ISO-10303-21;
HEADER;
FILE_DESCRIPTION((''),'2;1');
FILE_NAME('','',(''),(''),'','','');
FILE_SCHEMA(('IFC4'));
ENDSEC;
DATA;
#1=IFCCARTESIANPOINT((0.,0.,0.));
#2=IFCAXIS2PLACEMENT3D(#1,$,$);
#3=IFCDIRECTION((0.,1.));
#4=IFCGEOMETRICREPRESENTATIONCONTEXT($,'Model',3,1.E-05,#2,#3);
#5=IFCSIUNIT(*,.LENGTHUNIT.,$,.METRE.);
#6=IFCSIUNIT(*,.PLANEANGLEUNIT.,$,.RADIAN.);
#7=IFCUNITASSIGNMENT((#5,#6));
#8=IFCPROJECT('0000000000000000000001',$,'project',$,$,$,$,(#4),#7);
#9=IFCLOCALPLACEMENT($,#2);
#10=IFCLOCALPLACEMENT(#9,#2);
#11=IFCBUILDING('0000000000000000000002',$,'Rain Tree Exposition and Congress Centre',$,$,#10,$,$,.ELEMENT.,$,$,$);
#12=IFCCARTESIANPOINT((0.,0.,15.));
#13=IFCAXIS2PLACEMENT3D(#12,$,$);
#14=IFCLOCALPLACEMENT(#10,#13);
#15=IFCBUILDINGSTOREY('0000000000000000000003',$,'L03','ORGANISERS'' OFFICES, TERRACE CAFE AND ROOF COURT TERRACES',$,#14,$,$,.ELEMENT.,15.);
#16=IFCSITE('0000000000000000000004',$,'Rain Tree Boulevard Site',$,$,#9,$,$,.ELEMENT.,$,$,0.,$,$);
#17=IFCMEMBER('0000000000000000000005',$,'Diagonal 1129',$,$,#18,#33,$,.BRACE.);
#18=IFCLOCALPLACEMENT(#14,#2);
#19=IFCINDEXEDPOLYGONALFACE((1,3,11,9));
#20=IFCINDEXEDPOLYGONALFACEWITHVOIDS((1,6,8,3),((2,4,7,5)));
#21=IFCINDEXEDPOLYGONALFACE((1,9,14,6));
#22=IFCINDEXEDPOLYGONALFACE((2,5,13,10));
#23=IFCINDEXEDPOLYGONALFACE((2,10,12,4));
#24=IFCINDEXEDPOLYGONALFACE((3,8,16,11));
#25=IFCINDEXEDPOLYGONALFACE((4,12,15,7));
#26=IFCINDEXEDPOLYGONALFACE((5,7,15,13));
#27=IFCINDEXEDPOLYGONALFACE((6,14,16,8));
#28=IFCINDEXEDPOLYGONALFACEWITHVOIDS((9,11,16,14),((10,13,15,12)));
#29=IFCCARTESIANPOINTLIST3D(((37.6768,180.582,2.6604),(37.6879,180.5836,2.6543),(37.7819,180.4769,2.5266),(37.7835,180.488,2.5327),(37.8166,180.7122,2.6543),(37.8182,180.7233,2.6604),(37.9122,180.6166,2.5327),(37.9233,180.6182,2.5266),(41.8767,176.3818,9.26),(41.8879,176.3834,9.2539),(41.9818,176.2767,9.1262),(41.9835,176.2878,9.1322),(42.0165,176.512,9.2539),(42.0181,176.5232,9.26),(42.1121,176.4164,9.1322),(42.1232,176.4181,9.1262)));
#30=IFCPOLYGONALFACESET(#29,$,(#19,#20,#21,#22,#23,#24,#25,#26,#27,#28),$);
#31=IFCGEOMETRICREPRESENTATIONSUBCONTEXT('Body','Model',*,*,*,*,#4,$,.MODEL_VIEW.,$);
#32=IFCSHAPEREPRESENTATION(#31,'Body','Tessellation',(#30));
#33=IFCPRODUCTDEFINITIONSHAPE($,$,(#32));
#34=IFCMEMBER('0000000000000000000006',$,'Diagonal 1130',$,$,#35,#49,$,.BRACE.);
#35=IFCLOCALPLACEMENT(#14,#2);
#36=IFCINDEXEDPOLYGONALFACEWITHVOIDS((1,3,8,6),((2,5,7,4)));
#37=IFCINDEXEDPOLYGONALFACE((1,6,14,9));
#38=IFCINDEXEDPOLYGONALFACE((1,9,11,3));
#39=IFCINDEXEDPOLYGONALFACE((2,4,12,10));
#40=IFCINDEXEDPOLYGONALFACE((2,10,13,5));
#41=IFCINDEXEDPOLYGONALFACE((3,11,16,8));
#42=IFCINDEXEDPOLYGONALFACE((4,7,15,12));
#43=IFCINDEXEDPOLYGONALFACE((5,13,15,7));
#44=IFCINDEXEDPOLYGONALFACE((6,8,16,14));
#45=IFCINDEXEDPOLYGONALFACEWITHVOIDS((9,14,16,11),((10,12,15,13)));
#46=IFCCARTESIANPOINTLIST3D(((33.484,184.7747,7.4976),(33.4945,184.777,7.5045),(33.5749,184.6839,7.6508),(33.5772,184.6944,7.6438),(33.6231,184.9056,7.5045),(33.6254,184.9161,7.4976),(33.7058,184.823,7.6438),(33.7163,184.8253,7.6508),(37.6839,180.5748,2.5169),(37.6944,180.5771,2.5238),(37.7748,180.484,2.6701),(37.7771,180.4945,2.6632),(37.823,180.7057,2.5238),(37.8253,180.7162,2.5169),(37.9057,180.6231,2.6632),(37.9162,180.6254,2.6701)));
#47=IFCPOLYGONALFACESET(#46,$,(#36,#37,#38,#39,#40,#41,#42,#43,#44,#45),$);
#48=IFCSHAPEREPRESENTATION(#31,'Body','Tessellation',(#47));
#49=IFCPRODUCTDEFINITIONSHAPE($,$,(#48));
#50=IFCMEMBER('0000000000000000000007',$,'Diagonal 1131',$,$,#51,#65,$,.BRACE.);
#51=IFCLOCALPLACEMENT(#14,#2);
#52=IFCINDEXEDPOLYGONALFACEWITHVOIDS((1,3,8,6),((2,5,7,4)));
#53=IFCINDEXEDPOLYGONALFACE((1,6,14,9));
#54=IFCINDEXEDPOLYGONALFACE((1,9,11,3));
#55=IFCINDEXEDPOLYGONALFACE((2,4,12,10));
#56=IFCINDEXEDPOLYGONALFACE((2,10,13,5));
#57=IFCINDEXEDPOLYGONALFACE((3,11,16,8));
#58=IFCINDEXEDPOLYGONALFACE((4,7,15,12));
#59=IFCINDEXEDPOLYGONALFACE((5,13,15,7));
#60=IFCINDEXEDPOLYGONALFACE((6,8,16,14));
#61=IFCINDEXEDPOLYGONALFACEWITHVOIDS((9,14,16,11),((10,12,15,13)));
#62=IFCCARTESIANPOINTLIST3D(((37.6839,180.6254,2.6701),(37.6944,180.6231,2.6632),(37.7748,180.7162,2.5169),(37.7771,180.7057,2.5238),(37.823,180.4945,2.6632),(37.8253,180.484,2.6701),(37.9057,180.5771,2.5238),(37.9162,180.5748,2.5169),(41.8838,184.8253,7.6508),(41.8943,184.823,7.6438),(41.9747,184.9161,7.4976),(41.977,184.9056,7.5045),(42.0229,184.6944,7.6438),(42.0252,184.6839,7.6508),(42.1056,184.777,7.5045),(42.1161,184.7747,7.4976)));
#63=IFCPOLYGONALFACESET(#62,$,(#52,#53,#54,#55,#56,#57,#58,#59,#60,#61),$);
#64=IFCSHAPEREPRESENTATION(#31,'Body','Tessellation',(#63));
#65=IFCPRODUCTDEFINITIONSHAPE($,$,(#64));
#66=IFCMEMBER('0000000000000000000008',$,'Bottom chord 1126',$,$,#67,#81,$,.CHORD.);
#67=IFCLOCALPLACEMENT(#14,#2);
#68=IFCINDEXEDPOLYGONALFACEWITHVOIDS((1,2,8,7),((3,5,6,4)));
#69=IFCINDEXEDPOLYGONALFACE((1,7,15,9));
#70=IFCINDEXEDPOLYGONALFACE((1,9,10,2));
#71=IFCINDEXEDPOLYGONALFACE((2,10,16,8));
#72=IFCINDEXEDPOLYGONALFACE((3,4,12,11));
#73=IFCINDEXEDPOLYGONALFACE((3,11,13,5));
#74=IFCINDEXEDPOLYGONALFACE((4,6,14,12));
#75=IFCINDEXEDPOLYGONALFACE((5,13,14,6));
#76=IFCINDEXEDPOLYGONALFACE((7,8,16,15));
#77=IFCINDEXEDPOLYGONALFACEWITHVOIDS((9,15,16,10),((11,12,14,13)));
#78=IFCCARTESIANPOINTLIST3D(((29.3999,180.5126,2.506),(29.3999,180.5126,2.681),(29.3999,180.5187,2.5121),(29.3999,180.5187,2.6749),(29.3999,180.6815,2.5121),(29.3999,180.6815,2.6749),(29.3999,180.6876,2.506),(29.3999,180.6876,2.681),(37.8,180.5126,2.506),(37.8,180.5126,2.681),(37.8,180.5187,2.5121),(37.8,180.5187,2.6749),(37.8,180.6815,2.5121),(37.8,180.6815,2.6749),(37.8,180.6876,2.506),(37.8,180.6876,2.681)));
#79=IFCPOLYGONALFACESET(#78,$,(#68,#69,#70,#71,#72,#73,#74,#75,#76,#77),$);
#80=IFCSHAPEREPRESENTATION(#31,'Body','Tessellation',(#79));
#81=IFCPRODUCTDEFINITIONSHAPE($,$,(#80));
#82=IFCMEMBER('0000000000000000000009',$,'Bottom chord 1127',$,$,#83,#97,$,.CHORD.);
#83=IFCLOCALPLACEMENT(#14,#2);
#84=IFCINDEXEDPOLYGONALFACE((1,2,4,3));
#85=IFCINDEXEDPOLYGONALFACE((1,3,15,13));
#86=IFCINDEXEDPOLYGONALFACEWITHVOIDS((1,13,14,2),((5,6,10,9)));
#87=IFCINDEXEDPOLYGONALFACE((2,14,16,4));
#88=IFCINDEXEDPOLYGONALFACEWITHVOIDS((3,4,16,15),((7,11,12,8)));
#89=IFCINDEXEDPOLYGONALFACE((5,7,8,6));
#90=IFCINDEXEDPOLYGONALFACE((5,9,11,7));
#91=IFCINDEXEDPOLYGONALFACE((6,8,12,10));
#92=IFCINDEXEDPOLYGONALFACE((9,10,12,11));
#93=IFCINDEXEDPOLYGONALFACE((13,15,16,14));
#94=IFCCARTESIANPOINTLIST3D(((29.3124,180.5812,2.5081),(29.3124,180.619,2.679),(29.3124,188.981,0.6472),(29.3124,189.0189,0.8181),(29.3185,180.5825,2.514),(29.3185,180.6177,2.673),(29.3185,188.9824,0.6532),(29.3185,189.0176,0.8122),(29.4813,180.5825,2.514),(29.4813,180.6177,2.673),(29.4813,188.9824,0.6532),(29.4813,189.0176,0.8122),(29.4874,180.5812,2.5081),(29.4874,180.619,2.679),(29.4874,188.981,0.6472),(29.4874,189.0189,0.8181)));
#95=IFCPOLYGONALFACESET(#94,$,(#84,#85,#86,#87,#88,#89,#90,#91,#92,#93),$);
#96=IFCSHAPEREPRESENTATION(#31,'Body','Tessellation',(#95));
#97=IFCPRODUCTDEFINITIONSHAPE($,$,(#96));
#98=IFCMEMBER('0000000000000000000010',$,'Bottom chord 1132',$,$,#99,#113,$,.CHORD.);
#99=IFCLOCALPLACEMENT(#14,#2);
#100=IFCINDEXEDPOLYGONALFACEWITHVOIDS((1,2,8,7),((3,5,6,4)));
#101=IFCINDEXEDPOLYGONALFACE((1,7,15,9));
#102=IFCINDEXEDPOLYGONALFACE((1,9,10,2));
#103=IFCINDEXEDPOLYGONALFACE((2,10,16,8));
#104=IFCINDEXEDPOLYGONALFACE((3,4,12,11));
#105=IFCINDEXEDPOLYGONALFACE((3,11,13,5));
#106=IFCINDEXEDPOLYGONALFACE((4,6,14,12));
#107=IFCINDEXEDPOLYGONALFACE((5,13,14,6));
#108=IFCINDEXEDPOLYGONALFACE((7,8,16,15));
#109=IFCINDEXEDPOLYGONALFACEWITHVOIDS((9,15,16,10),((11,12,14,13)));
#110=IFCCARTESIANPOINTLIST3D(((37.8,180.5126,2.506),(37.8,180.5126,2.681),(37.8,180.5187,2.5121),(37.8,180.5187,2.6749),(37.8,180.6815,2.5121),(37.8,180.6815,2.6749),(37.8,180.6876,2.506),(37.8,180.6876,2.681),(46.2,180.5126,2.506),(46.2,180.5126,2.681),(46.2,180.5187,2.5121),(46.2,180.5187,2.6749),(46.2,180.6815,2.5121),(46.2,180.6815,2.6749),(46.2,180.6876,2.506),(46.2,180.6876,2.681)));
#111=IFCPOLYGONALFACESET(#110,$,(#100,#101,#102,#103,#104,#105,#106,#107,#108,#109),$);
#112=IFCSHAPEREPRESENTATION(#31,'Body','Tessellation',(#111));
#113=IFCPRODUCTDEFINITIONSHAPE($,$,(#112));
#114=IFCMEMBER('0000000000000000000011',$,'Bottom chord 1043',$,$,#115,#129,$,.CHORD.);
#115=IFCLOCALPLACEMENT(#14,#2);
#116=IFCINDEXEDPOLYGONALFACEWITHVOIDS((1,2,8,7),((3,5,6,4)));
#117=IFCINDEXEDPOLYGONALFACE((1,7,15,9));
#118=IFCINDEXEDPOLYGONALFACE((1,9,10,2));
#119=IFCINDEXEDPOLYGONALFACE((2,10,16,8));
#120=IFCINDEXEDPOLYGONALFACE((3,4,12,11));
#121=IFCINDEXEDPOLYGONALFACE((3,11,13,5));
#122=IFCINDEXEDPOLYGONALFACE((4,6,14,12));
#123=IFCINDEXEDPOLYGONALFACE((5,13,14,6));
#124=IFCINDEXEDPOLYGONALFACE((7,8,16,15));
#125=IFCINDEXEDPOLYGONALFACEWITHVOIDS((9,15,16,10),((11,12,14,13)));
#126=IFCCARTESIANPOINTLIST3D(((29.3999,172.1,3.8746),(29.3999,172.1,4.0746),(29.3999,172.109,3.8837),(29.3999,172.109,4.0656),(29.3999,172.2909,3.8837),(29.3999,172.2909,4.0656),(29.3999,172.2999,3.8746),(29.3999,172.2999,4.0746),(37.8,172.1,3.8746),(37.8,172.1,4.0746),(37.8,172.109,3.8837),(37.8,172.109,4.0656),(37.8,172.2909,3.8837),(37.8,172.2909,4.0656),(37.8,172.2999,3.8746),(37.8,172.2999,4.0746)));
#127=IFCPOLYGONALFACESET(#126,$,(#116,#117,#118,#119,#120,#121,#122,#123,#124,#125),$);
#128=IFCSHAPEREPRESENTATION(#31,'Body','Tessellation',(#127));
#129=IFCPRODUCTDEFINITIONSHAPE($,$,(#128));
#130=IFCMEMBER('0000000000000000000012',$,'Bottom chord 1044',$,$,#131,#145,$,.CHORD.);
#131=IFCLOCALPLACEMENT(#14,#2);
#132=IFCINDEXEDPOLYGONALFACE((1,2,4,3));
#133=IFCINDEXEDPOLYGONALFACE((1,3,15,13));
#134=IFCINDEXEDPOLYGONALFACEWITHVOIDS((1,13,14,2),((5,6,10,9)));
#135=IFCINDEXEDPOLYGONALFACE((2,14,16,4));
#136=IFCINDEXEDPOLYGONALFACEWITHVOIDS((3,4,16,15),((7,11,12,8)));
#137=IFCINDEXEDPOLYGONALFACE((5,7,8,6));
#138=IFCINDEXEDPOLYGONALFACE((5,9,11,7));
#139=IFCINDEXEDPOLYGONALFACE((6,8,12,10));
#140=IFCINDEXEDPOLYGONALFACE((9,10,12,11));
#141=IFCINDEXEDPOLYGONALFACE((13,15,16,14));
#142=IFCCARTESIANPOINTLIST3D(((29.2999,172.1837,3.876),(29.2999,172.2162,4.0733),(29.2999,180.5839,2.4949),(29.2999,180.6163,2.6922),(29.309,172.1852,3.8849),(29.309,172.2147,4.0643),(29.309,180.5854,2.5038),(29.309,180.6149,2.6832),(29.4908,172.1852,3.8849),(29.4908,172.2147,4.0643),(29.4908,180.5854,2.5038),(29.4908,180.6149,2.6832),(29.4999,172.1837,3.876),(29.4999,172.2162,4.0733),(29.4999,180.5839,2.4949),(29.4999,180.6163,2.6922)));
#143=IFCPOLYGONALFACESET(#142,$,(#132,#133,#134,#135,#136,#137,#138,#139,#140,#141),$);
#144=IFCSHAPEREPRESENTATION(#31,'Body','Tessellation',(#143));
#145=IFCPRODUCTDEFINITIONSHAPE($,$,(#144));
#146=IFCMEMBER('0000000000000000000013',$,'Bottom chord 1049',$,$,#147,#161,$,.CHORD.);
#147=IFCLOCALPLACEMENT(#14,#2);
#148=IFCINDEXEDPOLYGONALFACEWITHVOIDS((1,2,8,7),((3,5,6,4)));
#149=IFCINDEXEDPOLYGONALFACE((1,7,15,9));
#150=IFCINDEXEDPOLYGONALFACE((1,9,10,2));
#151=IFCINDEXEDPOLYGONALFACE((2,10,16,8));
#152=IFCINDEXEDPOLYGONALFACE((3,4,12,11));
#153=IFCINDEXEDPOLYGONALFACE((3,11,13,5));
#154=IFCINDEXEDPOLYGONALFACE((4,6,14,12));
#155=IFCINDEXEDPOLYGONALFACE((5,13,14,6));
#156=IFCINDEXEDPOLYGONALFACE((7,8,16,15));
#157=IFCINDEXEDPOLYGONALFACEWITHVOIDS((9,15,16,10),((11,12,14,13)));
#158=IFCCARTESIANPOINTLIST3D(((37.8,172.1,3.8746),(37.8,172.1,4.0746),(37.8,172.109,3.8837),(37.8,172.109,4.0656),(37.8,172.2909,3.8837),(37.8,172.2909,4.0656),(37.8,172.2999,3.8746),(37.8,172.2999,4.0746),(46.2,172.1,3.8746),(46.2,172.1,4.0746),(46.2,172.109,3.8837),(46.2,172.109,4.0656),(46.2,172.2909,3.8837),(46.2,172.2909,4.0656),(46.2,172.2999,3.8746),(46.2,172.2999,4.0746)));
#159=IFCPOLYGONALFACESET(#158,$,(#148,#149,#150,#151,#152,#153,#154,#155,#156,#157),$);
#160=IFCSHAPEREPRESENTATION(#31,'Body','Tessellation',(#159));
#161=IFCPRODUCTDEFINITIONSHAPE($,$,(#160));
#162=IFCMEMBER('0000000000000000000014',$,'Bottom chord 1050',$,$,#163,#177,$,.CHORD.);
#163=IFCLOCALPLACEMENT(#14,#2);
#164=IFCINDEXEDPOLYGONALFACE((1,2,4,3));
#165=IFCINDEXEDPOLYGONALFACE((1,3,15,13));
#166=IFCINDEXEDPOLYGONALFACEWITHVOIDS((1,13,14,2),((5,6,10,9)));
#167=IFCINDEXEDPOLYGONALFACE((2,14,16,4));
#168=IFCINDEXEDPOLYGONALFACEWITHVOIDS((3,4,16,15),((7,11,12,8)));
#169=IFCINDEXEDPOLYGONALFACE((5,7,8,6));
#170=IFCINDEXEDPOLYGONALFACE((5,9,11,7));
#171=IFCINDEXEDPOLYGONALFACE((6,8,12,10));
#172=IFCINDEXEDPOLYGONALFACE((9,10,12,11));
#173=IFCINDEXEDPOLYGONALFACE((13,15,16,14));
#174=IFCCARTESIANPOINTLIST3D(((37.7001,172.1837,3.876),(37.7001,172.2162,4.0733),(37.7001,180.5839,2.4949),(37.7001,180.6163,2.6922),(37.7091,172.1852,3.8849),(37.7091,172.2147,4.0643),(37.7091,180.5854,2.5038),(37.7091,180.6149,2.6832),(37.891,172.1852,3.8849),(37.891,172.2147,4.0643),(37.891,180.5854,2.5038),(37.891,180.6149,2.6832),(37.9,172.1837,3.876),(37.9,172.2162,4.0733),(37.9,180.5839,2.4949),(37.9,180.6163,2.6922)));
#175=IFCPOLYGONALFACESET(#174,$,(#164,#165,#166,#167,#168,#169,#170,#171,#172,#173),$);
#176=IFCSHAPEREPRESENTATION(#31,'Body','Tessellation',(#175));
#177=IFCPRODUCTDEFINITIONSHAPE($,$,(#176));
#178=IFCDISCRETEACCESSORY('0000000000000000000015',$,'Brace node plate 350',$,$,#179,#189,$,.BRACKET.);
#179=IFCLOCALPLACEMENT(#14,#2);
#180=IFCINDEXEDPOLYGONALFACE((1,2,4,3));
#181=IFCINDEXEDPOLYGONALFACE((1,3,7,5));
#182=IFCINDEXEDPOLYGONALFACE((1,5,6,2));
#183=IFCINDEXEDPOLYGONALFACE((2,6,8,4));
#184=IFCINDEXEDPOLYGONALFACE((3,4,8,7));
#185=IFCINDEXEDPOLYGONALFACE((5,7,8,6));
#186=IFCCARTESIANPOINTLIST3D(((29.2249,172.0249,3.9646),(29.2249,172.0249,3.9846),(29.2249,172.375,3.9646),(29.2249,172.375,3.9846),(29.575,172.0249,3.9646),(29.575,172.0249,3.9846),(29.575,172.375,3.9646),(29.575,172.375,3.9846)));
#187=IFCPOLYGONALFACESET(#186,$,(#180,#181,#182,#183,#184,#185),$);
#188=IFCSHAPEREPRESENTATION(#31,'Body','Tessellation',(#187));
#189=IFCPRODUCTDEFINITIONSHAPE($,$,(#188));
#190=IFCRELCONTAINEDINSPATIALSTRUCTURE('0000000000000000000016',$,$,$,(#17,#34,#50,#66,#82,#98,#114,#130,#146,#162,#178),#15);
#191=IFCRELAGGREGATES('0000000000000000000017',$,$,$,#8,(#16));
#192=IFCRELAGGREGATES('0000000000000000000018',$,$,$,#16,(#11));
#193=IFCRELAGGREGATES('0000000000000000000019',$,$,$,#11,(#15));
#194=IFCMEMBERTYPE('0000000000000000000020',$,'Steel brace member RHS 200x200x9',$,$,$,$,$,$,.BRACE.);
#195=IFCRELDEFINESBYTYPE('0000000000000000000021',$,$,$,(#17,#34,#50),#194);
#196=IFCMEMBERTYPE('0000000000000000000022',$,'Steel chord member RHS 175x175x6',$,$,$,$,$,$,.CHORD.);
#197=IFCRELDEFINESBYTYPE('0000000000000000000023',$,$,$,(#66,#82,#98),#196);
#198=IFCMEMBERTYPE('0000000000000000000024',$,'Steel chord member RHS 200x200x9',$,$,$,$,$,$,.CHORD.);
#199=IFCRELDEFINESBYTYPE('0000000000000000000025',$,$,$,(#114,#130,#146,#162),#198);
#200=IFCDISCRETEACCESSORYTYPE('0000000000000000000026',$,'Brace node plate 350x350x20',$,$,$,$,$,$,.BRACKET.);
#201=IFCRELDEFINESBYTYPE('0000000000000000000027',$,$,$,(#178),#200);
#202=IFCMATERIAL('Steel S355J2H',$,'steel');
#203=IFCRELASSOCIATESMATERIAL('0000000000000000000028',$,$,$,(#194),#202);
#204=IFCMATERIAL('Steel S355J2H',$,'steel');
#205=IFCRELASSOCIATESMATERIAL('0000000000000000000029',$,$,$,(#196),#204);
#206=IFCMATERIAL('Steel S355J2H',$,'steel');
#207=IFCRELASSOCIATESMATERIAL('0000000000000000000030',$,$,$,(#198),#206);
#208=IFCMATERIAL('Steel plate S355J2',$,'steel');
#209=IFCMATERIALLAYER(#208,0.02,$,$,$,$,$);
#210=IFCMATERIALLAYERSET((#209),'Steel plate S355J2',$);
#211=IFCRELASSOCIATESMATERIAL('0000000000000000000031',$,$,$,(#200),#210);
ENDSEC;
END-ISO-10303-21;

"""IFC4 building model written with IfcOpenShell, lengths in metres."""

from ifc_helpers import new_model, si_unit, direction, frame, origin, origin_2d, place, context, subcontext, project, spatial, rectangle, hollow_rectangle, extrude, material, layer, layer_set, material_profile, profile_set, type_object, element, save


model = new_model("IFC4")

# Units and contexts
model_context = context("Model", 3, precision=1e-05, world=origin(), true_north=direction((0.0, 1.0)))
body_context = subcontext(model_context, "Body", "Model", "MODEL_VIEW")
ifc_project = project(units=[si_unit("LENGTHUNIT", "METRE"), si_unit("PLANEANGLEUNIT", "RADIAN")], contexts=[model_context])

# Site, building, storey
site_placement = place(None, origin())
site = spatial("IfcSite", under=ifc_project, at=site_placement, Name="Rain Tree Boulevard Site", CompositionType="ELEMENT", RefElevation=0.0)
building_placement = place(site_placement, origin())
building = spatial("IfcBuilding", under=site, at=building_placement, Name="Rain Tree Exposition and Congress Centre", CompositionType="ELEMENT")
storey_placement = place(building_placement, frame((0.0, 0.0, 15.0)))
storey = spatial("IfcBuildingStorey", under=building, at=storey_placement, Name="L03", Description="ORGANISERS' OFFICES, TERRACE CAFE AND ROOF COURT TERRACES", CompositionType="ELEMENT", Elevation=15.0)

# Members
ifc_material_1 = material(Name="Steel S355J2H", Category="steel")
ifc_material_profile_1 = material_profile(ifc_material_1, hollow_rectangle(XDim=0.2, YDim=0.2, WallThickness=0.009, at=origin_2d()), Name="RHS 200x200x9")
ifc_profile_set_1 = profile_set([ifc_material_profile_1], Name="Steel S355J2H")
member_type_1 = type_object("IfcMemberType", Name="Steel brace member RHS 200x200x9", PredefinedType="BRACE", material=ifc_profile_set_1)
for number, where, z_axis, x_axis, name in (
    (1, (37.8, 180.6001, 2.5935), (0.473022, -0.47305, 0.743286), (0.707127, 0.707086, 0.0), "Diagonal 1129"),
):
    element("IfcMember", number, at=place(storey_placement, frame(where, z_axis=z_axis, x_axis=x_axis)), inside=storey, type_object=member_type_1, Name=name, PredefinedType="BRACE", context=body_context, shape_type="SweptSolid", body=[
        extrude(hollow_rectangle(XDim=0.2, YDim=0.2, WallThickness=0.009, at=origin_2d()), origin(), (0.0, 0.0, 1.0), 8.8789),
    ])
for number, where, z_axis, x_axis, name in (
    (2, (37.8, 180.6001, 2.5935), (-0.54182, 0.54182, 0.642543), (-0.707107, -0.707107, 0.0), "Diagonal 1130"),
    (3, (37.8, 180.6001, 2.5935), (0.54182, 0.54182, 0.642543), (-0.707107, 0.707107, 0.0), "Diagonal 1131"),
):
    element("IfcMember", number, at=place(storey_placement, frame(where, z_axis=z_axis, x_axis=x_axis)), inside=storey, type_object=member_type_1, Name=name, PredefinedType="BRACE", context=body_context, shape_type="SweptSolid", body=[
        extrude(hollow_rectangle(XDim=0.2, YDim=0.2, WallThickness=0.009, at=origin_2d()), origin(), (0.0, 0.0, 1.0), 7.7515),
    ])
ifc_material_2 = material(Name="Steel S355J2H", Category="steel")
ifc_material_profile_2 = material_profile(ifc_material_2, hollow_rectangle(XDim=0.175, YDim=0.175, WallThickness=0.0061, at=origin_2d()), Name="RHS 175x175x6")
ifc_profile_set_2 = profile_set([ifc_material_profile_2], Name="Steel S355J2H")
member_type_2 = type_object("IfcMemberType", Name="Steel chord member RHS 175x175x6", PredefinedType="CHORD", material=ifc_profile_set_2)
member_1_placement = place(storey_placement, frame((29.3999, 180.6001, 2.5935), z_axis=(1.0, 0.0, 0.0), x_axis=(0.0, 1.0, 0.0)))
element("IfcMember", 4, at=member_1_placement, inside=storey, type_object=member_type_2, Name="Bottom chord 1126", PredefinedType="CHORD", context=body_context, shape_type="SweptSolid", body=[
    extrude(hollow_rectangle(XDim=0.175, YDim=0.175, WallThickness=0.0061, at=origin_2d()), origin(), (0.0, 0.0, 1.0), 8.4001),
])
member_2_placement = place(storey_placement, frame((29.3999, 180.6001, 2.5935), z_axis=(0.0, 0.97633, -0.216287), x_axis=(-1.0, 0.0, 0.0)))
element("IfcMember", 5, at=member_2_placement, inside=storey, type_object=member_type_2, Name="Bottom chord 1127", PredefinedType="CHORD", context=body_context, shape_type="SweptSolid", body=[
    extrude(hollow_rectangle(XDim=0.175, YDim=0.175, WallThickness=0.0061, at=origin_2d()), origin(), (0.0, 0.0, 1.0), 8.6035),
])
member_3_placement = place(storey_placement, frame((37.8, 180.6001, 2.5935), z_axis=(1.0, 0.0, 0.0), x_axis=(0.0, 1.0, 0.0)))
element("IfcMember", 6, at=member_3_placement, inside=storey, type_object=member_type_2, Name="Bottom chord 1132", PredefinedType="CHORD", context=body_context, shape_type="SweptSolid", body=[
    extrude(hollow_rectangle(XDim=0.175, YDim=0.175, WallThickness=0.0061, at=origin_2d()), origin(), (0.0, 0.0, 1.0), 8.3999),
])
ifc_material_3 = material(Name="Steel S355J2H", Category="steel")
ifc_material_profile_3 = material_profile(ifc_material_3, hollow_rectangle(XDim=0.2, YDim=0.2, WallThickness=0.009, at=origin_2d()), Name="RHS 200x200x9")
ifc_profile_set_3 = profile_set([ifc_material_profile_3], Name="Steel S355J2H")
member_type_3 = type_object("IfcMemberType", Name="Steel chord member RHS 200x200x9", PredefinedType="CHORD", material=ifc_profile_set_3)
member_4_placement = place(storey_placement, frame((29.3999, 172.2, 3.9746), z_axis=(1.0, 0.0, 0.0), x_axis=(0.0, 1.0, 0.0)))
element("IfcMember", 7, at=member_4_placement, inside=storey, type_object=member_type_3, Name="Bottom chord 1043", PredefinedType="CHORD", context=body_context, shape_type="SweptSolid", body=[
    extrude(hollow_rectangle(XDim=0.2, YDim=0.2, WallThickness=0.009, at=origin_2d()), origin(), (0.0, 0.0, 1.0), 8.4001),
])
member_5_placement = place(storey_placement, frame((29.3999, 172.2, 3.9746), z_axis=(0.0, 0.986752, -0.162236), x_axis=(-1.0, 0.0, 0.0)))
element("IfcMember", 8, at=member_5_placement, inside=storey, type_object=member_type_3, Name="Bottom chord 1044", PredefinedType="CHORD", context=body_context, shape_type="SweptSolid", body=[
    extrude(hollow_rectangle(XDim=0.2, YDim=0.2, WallThickness=0.009, at=origin_2d()), origin(), (0.0, 0.0, 1.0), 8.5129),
])
member_6_placement = place(storey_placement, frame((37.8, 172.2, 3.9746), z_axis=(1.0, 0.0, 0.0), x_axis=(0.0, 1.0, 0.0)))
element("IfcMember", 9, at=member_6_placement, inside=storey, type_object=member_type_3, Name="Bottom chord 1049", PredefinedType="CHORD", context=body_context, shape_type="SweptSolid", body=[
    extrude(hollow_rectangle(XDim=0.2, YDim=0.2, WallThickness=0.009, at=origin_2d()), origin(), (0.0, 0.0, 1.0), 8.3999),
])
member_7_placement = place(storey_placement, frame((37.8, 172.2, 3.9746), z_axis=(0.0, 0.986752, -0.162236), x_axis=(-1.0, 0.0, 0.0)))
element("IfcMember", 10, at=member_7_placement, inside=storey, type_object=member_type_3, Name="Bottom chord 1050", PredefinedType="CHORD", context=body_context, shape_type="SweptSolid", body=[
    extrude(hollow_rectangle(XDim=0.2, YDim=0.2, WallThickness=0.009, at=origin_2d()), origin(), (0.0, 0.0, 1.0), 8.5129),
])

# Discrete accessory
ifc_material_4 = material(Name="Steel plate S355J2", Category="steel")
ifc_layer_1 = layer(ifc_material_4, 0.02)
ifc_layer_set_1 = layer_set([ifc_layer_1], Name="Steel plate S355J2")
discrete_accessory_type_1 = type_object("IfcDiscreteAccessoryType", Name="Brace node plate 350x350x20", PredefinedType="BRACKET", material=ifc_layer_set_1)
for number, where, z_axis, x_axis, name in (
    (11, (29.3999, 172.2, 3.9646), (0.0, 0.0, 1.0), (1.0, 0.0, 0.0), "Brace node plate 350"),
):
    element("IfcDiscreteAccessory", number, at=place(storey_placement, frame(where, z_axis=z_axis, x_axis=x_axis)), inside=storey, type_object=discrete_accessory_type_1, Name=name, PredefinedType="BRACKET", context=body_context, shape_type="SweptSolid", body=[
        extrude(rectangle(XDim=0.3501, YDim=0.3501, at=origin_2d()), origin(), (0.0, 0.0, 1.0), 0.02),
    ])

save(model, "model.ifc")
